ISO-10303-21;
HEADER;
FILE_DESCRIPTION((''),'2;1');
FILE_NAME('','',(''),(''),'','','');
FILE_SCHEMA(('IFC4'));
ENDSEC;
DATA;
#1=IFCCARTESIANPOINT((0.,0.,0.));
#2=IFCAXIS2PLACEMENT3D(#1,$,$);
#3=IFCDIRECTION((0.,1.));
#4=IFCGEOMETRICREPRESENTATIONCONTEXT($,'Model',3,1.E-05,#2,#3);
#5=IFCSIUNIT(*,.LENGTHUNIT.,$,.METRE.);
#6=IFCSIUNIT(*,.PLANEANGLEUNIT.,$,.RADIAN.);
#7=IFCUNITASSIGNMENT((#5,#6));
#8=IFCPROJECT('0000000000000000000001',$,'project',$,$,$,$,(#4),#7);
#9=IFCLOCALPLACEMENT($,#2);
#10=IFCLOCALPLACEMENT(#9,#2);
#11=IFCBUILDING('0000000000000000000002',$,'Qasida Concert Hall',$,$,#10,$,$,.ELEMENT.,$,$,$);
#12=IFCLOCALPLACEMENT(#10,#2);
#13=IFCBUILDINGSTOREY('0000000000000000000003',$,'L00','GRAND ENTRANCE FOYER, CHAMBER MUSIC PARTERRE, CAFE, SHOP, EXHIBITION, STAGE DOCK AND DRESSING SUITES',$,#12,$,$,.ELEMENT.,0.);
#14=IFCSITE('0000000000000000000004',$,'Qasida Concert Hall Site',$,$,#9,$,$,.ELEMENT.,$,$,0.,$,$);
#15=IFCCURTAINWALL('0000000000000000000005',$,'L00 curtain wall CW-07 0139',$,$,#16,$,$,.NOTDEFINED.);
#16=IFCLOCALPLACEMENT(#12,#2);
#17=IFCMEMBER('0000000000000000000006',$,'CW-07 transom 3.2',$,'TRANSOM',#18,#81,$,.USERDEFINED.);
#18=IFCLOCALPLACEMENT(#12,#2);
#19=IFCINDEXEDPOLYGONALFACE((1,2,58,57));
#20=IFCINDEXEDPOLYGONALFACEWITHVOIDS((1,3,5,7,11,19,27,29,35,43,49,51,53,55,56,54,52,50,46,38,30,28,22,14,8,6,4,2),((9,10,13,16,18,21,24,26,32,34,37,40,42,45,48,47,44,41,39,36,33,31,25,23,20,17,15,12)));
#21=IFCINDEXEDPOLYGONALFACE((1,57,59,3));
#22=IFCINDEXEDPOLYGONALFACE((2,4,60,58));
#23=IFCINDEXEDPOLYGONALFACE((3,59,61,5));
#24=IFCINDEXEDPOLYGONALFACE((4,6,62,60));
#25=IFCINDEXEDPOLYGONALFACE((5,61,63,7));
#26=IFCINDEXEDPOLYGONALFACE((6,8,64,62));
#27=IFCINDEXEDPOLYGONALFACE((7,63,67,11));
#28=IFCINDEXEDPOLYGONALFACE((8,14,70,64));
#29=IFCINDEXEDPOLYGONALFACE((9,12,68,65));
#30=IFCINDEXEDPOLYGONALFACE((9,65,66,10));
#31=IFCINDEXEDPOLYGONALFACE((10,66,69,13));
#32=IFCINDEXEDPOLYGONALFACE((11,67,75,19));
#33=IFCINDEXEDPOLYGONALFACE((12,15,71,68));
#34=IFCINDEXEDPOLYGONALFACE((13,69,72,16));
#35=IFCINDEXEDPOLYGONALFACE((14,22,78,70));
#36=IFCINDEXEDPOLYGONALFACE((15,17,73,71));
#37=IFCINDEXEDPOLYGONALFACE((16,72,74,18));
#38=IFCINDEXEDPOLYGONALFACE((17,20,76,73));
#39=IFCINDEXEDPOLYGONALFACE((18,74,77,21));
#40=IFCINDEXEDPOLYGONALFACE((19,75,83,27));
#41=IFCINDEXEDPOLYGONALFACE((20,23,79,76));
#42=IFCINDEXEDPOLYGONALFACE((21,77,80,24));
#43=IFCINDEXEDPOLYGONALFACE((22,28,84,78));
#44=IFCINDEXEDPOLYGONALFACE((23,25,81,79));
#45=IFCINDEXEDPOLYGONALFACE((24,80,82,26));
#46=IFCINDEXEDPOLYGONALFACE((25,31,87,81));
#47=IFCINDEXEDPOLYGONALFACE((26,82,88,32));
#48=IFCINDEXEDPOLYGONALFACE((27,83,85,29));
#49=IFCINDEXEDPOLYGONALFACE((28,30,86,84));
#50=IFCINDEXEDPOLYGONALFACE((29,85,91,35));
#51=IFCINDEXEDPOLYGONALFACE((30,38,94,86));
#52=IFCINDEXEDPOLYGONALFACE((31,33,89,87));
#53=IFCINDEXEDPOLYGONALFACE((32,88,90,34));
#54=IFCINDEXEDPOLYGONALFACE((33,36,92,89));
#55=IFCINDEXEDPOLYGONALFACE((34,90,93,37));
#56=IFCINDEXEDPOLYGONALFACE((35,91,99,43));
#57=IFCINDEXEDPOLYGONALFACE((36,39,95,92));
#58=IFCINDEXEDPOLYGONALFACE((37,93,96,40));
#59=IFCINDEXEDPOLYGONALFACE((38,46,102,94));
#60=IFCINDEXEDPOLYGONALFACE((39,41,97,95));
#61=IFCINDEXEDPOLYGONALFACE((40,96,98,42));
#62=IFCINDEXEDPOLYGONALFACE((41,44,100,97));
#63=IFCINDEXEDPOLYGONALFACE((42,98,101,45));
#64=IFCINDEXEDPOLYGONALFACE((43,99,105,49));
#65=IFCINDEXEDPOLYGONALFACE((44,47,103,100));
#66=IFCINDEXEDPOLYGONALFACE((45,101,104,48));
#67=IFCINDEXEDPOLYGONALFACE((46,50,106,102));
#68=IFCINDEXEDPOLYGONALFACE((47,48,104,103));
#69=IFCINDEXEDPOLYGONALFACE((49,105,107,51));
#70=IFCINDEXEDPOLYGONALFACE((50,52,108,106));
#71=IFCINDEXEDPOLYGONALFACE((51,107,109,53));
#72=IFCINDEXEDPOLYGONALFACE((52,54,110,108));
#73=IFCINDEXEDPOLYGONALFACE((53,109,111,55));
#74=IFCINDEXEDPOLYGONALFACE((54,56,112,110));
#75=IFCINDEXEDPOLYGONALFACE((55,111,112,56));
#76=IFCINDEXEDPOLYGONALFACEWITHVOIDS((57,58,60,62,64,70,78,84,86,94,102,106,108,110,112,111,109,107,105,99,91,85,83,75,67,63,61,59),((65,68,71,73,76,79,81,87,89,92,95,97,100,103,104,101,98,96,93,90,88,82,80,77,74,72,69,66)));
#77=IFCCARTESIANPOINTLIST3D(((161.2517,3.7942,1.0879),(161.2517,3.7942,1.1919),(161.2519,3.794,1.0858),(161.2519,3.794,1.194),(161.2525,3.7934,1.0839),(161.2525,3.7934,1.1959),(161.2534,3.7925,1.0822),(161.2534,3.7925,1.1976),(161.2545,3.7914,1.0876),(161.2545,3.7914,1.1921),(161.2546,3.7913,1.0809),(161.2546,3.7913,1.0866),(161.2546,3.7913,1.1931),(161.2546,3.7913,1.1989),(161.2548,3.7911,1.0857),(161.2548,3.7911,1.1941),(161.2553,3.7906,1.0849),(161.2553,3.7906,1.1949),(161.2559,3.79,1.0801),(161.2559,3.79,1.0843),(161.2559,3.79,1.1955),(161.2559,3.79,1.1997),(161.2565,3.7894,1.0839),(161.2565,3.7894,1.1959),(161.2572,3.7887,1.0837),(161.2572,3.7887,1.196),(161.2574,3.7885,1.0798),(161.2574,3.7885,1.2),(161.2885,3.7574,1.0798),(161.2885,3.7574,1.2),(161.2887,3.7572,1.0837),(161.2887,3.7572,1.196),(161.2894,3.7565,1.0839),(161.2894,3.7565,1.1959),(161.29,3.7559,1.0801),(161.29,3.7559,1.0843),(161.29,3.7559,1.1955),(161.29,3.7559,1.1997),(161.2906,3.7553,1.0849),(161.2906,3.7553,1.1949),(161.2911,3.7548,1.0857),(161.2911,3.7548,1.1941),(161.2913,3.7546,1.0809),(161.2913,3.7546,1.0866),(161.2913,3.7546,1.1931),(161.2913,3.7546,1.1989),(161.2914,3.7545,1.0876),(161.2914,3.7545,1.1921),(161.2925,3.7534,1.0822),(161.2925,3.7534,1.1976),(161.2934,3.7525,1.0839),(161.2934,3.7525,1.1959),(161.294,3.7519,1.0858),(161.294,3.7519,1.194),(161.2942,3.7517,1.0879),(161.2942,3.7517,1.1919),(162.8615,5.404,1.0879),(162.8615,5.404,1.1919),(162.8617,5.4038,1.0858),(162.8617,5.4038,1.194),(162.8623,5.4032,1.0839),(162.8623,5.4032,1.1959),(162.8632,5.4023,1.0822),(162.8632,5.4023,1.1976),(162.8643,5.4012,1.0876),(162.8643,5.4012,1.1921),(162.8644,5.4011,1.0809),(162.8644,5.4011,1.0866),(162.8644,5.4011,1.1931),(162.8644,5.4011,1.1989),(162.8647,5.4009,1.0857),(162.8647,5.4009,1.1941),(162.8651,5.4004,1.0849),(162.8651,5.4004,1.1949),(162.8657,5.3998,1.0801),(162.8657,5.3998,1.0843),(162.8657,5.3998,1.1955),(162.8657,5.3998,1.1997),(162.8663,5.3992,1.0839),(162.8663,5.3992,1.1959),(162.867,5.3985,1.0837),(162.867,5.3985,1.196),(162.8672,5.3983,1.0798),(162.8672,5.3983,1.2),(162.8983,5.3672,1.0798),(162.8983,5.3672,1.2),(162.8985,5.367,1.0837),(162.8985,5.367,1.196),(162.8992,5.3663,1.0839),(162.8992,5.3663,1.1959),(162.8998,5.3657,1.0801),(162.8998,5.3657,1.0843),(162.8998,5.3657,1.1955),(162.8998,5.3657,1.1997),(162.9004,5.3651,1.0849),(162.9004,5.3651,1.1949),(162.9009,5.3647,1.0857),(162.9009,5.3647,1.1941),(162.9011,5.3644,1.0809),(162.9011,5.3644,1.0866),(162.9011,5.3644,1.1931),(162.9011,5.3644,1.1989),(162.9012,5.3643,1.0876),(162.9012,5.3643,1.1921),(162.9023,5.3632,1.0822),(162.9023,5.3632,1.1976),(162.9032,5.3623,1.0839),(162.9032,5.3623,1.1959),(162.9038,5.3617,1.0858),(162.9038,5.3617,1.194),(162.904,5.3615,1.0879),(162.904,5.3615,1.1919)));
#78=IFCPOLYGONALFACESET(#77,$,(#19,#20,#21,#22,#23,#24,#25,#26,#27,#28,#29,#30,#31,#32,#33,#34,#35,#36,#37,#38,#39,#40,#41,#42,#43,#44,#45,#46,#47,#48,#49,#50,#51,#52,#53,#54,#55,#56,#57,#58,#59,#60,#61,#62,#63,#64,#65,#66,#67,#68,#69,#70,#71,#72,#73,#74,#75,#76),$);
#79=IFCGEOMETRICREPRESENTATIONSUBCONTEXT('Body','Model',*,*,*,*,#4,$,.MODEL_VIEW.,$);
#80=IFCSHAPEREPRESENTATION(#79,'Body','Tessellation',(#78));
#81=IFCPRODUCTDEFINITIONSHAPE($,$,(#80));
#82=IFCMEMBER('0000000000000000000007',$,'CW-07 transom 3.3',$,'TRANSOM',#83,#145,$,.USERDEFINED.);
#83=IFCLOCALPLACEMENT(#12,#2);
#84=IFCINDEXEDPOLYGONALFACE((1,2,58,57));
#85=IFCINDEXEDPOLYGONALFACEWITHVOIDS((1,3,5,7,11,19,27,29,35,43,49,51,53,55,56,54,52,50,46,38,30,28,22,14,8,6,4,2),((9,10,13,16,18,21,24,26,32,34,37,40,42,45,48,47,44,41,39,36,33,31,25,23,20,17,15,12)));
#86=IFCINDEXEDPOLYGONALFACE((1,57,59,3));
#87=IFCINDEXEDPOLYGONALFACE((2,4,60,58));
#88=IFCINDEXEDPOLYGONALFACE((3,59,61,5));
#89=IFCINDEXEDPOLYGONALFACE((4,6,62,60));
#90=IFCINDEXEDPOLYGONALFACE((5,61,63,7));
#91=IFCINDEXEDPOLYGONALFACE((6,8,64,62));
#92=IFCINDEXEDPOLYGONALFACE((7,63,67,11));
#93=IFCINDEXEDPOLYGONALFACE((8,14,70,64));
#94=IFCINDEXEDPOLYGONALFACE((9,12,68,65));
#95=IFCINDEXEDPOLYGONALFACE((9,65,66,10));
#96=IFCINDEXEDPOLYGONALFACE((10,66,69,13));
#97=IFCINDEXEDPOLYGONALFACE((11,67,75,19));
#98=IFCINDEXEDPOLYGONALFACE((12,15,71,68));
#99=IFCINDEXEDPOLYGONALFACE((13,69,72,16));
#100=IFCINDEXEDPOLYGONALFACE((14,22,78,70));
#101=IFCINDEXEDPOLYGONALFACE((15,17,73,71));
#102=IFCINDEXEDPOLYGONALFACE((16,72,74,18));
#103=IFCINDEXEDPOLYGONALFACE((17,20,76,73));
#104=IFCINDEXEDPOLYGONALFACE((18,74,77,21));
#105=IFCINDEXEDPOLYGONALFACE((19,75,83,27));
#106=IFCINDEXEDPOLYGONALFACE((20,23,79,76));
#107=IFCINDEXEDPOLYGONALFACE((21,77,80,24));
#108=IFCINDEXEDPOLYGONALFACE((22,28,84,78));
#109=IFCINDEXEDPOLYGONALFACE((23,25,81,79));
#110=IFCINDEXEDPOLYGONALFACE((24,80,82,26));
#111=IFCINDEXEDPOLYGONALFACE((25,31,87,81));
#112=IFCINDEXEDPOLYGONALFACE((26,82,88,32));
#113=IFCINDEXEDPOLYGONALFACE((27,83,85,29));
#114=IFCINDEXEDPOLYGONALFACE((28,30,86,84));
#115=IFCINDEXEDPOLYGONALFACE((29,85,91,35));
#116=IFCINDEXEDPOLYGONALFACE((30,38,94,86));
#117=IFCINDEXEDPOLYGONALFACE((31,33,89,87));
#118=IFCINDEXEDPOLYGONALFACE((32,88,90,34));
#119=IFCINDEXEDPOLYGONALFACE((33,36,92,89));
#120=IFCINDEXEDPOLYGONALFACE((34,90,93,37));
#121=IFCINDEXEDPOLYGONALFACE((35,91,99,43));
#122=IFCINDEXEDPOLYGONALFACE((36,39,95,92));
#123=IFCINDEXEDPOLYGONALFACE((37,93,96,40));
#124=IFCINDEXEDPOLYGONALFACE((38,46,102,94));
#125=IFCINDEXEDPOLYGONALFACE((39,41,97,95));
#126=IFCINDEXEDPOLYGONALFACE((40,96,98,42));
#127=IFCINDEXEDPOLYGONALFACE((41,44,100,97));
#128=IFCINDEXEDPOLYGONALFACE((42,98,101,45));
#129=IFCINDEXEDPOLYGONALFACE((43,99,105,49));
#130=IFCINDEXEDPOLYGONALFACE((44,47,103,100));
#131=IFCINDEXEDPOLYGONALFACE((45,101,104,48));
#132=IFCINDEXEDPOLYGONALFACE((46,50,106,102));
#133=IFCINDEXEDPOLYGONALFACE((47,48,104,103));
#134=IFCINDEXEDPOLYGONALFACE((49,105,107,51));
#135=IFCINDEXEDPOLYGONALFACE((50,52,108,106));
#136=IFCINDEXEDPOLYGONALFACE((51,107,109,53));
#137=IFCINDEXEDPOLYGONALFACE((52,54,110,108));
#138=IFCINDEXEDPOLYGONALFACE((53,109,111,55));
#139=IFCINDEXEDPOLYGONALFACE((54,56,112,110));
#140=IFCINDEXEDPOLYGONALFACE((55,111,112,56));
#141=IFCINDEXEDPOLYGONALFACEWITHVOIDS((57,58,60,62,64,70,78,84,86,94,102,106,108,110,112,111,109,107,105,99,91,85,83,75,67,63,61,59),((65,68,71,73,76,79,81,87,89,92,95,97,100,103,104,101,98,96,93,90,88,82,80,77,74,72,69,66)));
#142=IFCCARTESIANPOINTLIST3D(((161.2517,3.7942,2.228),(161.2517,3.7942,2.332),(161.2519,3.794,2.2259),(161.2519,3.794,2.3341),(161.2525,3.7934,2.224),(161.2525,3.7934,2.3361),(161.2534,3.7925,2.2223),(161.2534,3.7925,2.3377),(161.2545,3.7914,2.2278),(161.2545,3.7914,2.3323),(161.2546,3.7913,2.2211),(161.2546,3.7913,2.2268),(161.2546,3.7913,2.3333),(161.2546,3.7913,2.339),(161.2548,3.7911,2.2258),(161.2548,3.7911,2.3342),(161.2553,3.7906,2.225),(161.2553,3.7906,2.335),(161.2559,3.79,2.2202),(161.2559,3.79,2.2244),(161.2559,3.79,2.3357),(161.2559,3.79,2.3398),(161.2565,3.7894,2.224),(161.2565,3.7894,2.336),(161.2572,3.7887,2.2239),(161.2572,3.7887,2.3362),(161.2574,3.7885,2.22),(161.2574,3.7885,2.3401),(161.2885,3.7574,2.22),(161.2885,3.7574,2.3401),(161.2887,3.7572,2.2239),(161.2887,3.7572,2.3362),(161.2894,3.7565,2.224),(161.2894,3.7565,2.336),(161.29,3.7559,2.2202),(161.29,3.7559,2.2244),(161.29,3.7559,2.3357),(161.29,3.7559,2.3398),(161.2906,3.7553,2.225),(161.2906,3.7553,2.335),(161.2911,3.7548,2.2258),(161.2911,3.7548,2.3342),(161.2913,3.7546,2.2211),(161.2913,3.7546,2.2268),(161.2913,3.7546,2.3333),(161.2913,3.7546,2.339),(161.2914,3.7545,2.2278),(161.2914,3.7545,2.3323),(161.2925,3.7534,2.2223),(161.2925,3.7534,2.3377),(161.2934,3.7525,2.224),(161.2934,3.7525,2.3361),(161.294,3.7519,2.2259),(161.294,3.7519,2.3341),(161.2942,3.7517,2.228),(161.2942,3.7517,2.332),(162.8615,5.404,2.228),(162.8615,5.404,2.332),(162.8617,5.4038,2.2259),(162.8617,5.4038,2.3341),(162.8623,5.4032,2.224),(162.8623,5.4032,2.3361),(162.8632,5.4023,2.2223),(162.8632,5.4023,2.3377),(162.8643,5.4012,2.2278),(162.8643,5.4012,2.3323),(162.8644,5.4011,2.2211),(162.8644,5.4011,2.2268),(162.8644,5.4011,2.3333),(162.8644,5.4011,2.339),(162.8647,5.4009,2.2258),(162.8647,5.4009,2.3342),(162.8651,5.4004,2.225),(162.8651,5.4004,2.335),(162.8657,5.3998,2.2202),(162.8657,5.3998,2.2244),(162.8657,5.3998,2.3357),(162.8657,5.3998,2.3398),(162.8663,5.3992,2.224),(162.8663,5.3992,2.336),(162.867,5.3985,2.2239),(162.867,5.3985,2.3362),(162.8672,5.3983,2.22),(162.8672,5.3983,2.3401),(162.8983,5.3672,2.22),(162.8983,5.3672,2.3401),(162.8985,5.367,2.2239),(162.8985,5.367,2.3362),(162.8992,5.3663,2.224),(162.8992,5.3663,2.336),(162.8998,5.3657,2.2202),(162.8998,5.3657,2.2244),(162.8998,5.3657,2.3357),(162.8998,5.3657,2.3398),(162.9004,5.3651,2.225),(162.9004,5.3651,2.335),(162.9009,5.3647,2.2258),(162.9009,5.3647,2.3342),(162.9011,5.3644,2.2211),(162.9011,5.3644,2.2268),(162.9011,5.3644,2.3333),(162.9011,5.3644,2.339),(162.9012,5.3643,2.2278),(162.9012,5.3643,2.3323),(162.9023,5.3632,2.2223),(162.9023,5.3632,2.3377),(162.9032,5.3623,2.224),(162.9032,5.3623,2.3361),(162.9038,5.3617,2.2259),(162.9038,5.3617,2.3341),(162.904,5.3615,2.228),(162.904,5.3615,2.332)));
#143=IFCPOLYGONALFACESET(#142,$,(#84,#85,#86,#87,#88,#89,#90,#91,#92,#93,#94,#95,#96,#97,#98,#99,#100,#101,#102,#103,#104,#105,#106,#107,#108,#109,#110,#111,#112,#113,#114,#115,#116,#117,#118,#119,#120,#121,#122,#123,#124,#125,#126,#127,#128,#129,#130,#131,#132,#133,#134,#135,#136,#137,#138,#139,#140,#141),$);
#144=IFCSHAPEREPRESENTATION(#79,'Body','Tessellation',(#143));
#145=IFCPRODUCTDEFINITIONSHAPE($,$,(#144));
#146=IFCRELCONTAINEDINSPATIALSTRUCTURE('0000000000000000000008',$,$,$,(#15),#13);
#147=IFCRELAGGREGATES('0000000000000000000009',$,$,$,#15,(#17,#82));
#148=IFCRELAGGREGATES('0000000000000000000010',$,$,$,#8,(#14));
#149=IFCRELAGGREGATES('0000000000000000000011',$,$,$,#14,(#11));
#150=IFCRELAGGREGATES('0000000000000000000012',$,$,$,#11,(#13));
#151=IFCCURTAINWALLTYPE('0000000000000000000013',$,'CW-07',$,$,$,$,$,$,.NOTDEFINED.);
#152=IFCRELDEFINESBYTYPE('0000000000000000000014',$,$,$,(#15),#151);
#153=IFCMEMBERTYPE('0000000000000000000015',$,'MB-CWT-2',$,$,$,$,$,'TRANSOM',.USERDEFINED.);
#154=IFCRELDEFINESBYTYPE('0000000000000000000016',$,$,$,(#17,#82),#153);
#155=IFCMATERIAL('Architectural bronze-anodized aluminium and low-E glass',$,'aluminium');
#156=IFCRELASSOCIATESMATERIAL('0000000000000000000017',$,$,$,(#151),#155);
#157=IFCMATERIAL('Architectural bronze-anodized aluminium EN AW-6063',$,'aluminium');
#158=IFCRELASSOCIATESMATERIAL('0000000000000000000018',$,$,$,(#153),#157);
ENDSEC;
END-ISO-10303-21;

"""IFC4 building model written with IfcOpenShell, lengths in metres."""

from ifc_helpers import new_model, si_unit, direction, frame, origin, origin_2d, place, context, subcontext, project, spatial, hollow_rectangle, extrude, material, material_profile, profile_set, type_object, element, aggregate, save


model = new_model("IFC4")

# Units and contexts
model_context = context("Model", 3, precision=1e-05, world=origin(), true_north=direction((0.0, 1.0)))
body_context = subcontext(model_context, "Body", "Model", "MODEL_VIEW")
ifc_project = project(units=[si_unit("LENGTHUNIT", "METRE"), si_unit("PLANEANGLEUNIT", "RADIAN")], contexts=[model_context])

# Site, building, storey
site_placement = place(None, origin())
site = spatial("IfcSite", under=ifc_project, at=site_placement, Name="Qasida Concert Hall Site", CompositionType="ELEMENT", RefElevation=0.0)
building_placement = place(site_placement, origin())
building = spatial("IfcBuilding", under=site, at=building_placement, Name="Qasida Concert Hall", CompositionType="ELEMENT")
storey_placement = place(building_placement, origin())
storey = spatial("IfcBuildingStorey", under=building, at=storey_placement, Name="L00", Description="GRAND ENTRANCE FOYER, CHAMBER MUSIC PARTERRE, CAFE, SHOP, EXHIBITION, STAGE DOCK AND DRESSING SUITES", CompositionType="ELEMENT", Elevation=0.0)

# Curtain wall, members
ifc_material_1 = material(Name="Architectural bronze-anodized aluminium and low-E glass", Category="aluminium")
curtain_wall_type = type_object("IfcCurtainWallType", Name="CW-07", PredefinedType="NOTDEFINED", material=ifc_material_1)
curtain_wall_placement = place(storey_placement, origin())
curtain_wall = element("IfcCurtainWall", 1, at=curtain_wall_placement, inside=storey, type_object=curtain_wall_type, Name="L00 curtain wall CW-07 0139", PredefinedType="NOTDEFINED")
ifc_material_2 = material(Name="Architectural bronze-anodized aluminium EN AW-6063", Category="aluminium")
ifc_material_profile_1 = material_profile(ifc_material_2, hollow_rectangle(XDim=0.0601, YDim=0.1201, WallThickness=0.0039, InnerFilletRadius=0.0039, OuterFilletRadius=0.0081, at=origin_2d()), Name="CWT 120x60x4")
ifc_profile_set_1 = profile_set([ifc_material_profile_1], Name="Architectural bronze-anodized aluminium EN AW-6063")
member_type_1 = type_object("IfcMemberType", Name="MB-CWT-2", ElementType="TRANSOM", PredefinedType="USERDEFINED", material=ifc_profile_set_1)
member_1_placement = place(storey_placement, frame((161.2729, 3.7729, 1.1399), z_axis=(0.707107, 0.707107, 0.0), x_axis=(-0.707107, 0.707107, 0.0)))
member_1 = element("IfcMember", 2, at=member_1_placement, type_object=member_type_1, Name="CW-07 transom 3.2", ObjectType="TRANSOM", PredefinedType="USERDEFINED", context=body_context, shape_type="SweptSolid", body=[
    extrude(hollow_rectangle(XDim=0.0601, YDim=0.1201, WallThickness=0.0039, InnerFilletRadius=0.0039, OuterFilletRadius=0.0081, at=origin_2d()), origin(), (0.0, 0.0, 1.0), 2.2766),
])
member_2_placement = place(storey_placement, frame((161.2729, 3.7729, 2.28), z_axis=(0.707107, 0.707107, 0.0), x_axis=(-0.707107, 0.707107, 0.0)))
member_2 = element("IfcMember", 3, at=member_2_placement, type_object=member_type_1, Name="CW-07 transom 3.3", ObjectType="TRANSOM", PredefinedType="USERDEFINED", context=body_context, shape_type="SweptSolid", body=[
    extrude(hollow_rectangle(XDim=0.0601, YDim=0.1201, WallThickness=0.0039, InnerFilletRadius=0.0039, OuterFilletRadius=0.0081, at=origin_2d()), origin(), (0.0, 0.0, 1.0), 2.2766),
])
aggregate(curtain_wall, [member_1, member_2])

save(model, "model.ifc")
